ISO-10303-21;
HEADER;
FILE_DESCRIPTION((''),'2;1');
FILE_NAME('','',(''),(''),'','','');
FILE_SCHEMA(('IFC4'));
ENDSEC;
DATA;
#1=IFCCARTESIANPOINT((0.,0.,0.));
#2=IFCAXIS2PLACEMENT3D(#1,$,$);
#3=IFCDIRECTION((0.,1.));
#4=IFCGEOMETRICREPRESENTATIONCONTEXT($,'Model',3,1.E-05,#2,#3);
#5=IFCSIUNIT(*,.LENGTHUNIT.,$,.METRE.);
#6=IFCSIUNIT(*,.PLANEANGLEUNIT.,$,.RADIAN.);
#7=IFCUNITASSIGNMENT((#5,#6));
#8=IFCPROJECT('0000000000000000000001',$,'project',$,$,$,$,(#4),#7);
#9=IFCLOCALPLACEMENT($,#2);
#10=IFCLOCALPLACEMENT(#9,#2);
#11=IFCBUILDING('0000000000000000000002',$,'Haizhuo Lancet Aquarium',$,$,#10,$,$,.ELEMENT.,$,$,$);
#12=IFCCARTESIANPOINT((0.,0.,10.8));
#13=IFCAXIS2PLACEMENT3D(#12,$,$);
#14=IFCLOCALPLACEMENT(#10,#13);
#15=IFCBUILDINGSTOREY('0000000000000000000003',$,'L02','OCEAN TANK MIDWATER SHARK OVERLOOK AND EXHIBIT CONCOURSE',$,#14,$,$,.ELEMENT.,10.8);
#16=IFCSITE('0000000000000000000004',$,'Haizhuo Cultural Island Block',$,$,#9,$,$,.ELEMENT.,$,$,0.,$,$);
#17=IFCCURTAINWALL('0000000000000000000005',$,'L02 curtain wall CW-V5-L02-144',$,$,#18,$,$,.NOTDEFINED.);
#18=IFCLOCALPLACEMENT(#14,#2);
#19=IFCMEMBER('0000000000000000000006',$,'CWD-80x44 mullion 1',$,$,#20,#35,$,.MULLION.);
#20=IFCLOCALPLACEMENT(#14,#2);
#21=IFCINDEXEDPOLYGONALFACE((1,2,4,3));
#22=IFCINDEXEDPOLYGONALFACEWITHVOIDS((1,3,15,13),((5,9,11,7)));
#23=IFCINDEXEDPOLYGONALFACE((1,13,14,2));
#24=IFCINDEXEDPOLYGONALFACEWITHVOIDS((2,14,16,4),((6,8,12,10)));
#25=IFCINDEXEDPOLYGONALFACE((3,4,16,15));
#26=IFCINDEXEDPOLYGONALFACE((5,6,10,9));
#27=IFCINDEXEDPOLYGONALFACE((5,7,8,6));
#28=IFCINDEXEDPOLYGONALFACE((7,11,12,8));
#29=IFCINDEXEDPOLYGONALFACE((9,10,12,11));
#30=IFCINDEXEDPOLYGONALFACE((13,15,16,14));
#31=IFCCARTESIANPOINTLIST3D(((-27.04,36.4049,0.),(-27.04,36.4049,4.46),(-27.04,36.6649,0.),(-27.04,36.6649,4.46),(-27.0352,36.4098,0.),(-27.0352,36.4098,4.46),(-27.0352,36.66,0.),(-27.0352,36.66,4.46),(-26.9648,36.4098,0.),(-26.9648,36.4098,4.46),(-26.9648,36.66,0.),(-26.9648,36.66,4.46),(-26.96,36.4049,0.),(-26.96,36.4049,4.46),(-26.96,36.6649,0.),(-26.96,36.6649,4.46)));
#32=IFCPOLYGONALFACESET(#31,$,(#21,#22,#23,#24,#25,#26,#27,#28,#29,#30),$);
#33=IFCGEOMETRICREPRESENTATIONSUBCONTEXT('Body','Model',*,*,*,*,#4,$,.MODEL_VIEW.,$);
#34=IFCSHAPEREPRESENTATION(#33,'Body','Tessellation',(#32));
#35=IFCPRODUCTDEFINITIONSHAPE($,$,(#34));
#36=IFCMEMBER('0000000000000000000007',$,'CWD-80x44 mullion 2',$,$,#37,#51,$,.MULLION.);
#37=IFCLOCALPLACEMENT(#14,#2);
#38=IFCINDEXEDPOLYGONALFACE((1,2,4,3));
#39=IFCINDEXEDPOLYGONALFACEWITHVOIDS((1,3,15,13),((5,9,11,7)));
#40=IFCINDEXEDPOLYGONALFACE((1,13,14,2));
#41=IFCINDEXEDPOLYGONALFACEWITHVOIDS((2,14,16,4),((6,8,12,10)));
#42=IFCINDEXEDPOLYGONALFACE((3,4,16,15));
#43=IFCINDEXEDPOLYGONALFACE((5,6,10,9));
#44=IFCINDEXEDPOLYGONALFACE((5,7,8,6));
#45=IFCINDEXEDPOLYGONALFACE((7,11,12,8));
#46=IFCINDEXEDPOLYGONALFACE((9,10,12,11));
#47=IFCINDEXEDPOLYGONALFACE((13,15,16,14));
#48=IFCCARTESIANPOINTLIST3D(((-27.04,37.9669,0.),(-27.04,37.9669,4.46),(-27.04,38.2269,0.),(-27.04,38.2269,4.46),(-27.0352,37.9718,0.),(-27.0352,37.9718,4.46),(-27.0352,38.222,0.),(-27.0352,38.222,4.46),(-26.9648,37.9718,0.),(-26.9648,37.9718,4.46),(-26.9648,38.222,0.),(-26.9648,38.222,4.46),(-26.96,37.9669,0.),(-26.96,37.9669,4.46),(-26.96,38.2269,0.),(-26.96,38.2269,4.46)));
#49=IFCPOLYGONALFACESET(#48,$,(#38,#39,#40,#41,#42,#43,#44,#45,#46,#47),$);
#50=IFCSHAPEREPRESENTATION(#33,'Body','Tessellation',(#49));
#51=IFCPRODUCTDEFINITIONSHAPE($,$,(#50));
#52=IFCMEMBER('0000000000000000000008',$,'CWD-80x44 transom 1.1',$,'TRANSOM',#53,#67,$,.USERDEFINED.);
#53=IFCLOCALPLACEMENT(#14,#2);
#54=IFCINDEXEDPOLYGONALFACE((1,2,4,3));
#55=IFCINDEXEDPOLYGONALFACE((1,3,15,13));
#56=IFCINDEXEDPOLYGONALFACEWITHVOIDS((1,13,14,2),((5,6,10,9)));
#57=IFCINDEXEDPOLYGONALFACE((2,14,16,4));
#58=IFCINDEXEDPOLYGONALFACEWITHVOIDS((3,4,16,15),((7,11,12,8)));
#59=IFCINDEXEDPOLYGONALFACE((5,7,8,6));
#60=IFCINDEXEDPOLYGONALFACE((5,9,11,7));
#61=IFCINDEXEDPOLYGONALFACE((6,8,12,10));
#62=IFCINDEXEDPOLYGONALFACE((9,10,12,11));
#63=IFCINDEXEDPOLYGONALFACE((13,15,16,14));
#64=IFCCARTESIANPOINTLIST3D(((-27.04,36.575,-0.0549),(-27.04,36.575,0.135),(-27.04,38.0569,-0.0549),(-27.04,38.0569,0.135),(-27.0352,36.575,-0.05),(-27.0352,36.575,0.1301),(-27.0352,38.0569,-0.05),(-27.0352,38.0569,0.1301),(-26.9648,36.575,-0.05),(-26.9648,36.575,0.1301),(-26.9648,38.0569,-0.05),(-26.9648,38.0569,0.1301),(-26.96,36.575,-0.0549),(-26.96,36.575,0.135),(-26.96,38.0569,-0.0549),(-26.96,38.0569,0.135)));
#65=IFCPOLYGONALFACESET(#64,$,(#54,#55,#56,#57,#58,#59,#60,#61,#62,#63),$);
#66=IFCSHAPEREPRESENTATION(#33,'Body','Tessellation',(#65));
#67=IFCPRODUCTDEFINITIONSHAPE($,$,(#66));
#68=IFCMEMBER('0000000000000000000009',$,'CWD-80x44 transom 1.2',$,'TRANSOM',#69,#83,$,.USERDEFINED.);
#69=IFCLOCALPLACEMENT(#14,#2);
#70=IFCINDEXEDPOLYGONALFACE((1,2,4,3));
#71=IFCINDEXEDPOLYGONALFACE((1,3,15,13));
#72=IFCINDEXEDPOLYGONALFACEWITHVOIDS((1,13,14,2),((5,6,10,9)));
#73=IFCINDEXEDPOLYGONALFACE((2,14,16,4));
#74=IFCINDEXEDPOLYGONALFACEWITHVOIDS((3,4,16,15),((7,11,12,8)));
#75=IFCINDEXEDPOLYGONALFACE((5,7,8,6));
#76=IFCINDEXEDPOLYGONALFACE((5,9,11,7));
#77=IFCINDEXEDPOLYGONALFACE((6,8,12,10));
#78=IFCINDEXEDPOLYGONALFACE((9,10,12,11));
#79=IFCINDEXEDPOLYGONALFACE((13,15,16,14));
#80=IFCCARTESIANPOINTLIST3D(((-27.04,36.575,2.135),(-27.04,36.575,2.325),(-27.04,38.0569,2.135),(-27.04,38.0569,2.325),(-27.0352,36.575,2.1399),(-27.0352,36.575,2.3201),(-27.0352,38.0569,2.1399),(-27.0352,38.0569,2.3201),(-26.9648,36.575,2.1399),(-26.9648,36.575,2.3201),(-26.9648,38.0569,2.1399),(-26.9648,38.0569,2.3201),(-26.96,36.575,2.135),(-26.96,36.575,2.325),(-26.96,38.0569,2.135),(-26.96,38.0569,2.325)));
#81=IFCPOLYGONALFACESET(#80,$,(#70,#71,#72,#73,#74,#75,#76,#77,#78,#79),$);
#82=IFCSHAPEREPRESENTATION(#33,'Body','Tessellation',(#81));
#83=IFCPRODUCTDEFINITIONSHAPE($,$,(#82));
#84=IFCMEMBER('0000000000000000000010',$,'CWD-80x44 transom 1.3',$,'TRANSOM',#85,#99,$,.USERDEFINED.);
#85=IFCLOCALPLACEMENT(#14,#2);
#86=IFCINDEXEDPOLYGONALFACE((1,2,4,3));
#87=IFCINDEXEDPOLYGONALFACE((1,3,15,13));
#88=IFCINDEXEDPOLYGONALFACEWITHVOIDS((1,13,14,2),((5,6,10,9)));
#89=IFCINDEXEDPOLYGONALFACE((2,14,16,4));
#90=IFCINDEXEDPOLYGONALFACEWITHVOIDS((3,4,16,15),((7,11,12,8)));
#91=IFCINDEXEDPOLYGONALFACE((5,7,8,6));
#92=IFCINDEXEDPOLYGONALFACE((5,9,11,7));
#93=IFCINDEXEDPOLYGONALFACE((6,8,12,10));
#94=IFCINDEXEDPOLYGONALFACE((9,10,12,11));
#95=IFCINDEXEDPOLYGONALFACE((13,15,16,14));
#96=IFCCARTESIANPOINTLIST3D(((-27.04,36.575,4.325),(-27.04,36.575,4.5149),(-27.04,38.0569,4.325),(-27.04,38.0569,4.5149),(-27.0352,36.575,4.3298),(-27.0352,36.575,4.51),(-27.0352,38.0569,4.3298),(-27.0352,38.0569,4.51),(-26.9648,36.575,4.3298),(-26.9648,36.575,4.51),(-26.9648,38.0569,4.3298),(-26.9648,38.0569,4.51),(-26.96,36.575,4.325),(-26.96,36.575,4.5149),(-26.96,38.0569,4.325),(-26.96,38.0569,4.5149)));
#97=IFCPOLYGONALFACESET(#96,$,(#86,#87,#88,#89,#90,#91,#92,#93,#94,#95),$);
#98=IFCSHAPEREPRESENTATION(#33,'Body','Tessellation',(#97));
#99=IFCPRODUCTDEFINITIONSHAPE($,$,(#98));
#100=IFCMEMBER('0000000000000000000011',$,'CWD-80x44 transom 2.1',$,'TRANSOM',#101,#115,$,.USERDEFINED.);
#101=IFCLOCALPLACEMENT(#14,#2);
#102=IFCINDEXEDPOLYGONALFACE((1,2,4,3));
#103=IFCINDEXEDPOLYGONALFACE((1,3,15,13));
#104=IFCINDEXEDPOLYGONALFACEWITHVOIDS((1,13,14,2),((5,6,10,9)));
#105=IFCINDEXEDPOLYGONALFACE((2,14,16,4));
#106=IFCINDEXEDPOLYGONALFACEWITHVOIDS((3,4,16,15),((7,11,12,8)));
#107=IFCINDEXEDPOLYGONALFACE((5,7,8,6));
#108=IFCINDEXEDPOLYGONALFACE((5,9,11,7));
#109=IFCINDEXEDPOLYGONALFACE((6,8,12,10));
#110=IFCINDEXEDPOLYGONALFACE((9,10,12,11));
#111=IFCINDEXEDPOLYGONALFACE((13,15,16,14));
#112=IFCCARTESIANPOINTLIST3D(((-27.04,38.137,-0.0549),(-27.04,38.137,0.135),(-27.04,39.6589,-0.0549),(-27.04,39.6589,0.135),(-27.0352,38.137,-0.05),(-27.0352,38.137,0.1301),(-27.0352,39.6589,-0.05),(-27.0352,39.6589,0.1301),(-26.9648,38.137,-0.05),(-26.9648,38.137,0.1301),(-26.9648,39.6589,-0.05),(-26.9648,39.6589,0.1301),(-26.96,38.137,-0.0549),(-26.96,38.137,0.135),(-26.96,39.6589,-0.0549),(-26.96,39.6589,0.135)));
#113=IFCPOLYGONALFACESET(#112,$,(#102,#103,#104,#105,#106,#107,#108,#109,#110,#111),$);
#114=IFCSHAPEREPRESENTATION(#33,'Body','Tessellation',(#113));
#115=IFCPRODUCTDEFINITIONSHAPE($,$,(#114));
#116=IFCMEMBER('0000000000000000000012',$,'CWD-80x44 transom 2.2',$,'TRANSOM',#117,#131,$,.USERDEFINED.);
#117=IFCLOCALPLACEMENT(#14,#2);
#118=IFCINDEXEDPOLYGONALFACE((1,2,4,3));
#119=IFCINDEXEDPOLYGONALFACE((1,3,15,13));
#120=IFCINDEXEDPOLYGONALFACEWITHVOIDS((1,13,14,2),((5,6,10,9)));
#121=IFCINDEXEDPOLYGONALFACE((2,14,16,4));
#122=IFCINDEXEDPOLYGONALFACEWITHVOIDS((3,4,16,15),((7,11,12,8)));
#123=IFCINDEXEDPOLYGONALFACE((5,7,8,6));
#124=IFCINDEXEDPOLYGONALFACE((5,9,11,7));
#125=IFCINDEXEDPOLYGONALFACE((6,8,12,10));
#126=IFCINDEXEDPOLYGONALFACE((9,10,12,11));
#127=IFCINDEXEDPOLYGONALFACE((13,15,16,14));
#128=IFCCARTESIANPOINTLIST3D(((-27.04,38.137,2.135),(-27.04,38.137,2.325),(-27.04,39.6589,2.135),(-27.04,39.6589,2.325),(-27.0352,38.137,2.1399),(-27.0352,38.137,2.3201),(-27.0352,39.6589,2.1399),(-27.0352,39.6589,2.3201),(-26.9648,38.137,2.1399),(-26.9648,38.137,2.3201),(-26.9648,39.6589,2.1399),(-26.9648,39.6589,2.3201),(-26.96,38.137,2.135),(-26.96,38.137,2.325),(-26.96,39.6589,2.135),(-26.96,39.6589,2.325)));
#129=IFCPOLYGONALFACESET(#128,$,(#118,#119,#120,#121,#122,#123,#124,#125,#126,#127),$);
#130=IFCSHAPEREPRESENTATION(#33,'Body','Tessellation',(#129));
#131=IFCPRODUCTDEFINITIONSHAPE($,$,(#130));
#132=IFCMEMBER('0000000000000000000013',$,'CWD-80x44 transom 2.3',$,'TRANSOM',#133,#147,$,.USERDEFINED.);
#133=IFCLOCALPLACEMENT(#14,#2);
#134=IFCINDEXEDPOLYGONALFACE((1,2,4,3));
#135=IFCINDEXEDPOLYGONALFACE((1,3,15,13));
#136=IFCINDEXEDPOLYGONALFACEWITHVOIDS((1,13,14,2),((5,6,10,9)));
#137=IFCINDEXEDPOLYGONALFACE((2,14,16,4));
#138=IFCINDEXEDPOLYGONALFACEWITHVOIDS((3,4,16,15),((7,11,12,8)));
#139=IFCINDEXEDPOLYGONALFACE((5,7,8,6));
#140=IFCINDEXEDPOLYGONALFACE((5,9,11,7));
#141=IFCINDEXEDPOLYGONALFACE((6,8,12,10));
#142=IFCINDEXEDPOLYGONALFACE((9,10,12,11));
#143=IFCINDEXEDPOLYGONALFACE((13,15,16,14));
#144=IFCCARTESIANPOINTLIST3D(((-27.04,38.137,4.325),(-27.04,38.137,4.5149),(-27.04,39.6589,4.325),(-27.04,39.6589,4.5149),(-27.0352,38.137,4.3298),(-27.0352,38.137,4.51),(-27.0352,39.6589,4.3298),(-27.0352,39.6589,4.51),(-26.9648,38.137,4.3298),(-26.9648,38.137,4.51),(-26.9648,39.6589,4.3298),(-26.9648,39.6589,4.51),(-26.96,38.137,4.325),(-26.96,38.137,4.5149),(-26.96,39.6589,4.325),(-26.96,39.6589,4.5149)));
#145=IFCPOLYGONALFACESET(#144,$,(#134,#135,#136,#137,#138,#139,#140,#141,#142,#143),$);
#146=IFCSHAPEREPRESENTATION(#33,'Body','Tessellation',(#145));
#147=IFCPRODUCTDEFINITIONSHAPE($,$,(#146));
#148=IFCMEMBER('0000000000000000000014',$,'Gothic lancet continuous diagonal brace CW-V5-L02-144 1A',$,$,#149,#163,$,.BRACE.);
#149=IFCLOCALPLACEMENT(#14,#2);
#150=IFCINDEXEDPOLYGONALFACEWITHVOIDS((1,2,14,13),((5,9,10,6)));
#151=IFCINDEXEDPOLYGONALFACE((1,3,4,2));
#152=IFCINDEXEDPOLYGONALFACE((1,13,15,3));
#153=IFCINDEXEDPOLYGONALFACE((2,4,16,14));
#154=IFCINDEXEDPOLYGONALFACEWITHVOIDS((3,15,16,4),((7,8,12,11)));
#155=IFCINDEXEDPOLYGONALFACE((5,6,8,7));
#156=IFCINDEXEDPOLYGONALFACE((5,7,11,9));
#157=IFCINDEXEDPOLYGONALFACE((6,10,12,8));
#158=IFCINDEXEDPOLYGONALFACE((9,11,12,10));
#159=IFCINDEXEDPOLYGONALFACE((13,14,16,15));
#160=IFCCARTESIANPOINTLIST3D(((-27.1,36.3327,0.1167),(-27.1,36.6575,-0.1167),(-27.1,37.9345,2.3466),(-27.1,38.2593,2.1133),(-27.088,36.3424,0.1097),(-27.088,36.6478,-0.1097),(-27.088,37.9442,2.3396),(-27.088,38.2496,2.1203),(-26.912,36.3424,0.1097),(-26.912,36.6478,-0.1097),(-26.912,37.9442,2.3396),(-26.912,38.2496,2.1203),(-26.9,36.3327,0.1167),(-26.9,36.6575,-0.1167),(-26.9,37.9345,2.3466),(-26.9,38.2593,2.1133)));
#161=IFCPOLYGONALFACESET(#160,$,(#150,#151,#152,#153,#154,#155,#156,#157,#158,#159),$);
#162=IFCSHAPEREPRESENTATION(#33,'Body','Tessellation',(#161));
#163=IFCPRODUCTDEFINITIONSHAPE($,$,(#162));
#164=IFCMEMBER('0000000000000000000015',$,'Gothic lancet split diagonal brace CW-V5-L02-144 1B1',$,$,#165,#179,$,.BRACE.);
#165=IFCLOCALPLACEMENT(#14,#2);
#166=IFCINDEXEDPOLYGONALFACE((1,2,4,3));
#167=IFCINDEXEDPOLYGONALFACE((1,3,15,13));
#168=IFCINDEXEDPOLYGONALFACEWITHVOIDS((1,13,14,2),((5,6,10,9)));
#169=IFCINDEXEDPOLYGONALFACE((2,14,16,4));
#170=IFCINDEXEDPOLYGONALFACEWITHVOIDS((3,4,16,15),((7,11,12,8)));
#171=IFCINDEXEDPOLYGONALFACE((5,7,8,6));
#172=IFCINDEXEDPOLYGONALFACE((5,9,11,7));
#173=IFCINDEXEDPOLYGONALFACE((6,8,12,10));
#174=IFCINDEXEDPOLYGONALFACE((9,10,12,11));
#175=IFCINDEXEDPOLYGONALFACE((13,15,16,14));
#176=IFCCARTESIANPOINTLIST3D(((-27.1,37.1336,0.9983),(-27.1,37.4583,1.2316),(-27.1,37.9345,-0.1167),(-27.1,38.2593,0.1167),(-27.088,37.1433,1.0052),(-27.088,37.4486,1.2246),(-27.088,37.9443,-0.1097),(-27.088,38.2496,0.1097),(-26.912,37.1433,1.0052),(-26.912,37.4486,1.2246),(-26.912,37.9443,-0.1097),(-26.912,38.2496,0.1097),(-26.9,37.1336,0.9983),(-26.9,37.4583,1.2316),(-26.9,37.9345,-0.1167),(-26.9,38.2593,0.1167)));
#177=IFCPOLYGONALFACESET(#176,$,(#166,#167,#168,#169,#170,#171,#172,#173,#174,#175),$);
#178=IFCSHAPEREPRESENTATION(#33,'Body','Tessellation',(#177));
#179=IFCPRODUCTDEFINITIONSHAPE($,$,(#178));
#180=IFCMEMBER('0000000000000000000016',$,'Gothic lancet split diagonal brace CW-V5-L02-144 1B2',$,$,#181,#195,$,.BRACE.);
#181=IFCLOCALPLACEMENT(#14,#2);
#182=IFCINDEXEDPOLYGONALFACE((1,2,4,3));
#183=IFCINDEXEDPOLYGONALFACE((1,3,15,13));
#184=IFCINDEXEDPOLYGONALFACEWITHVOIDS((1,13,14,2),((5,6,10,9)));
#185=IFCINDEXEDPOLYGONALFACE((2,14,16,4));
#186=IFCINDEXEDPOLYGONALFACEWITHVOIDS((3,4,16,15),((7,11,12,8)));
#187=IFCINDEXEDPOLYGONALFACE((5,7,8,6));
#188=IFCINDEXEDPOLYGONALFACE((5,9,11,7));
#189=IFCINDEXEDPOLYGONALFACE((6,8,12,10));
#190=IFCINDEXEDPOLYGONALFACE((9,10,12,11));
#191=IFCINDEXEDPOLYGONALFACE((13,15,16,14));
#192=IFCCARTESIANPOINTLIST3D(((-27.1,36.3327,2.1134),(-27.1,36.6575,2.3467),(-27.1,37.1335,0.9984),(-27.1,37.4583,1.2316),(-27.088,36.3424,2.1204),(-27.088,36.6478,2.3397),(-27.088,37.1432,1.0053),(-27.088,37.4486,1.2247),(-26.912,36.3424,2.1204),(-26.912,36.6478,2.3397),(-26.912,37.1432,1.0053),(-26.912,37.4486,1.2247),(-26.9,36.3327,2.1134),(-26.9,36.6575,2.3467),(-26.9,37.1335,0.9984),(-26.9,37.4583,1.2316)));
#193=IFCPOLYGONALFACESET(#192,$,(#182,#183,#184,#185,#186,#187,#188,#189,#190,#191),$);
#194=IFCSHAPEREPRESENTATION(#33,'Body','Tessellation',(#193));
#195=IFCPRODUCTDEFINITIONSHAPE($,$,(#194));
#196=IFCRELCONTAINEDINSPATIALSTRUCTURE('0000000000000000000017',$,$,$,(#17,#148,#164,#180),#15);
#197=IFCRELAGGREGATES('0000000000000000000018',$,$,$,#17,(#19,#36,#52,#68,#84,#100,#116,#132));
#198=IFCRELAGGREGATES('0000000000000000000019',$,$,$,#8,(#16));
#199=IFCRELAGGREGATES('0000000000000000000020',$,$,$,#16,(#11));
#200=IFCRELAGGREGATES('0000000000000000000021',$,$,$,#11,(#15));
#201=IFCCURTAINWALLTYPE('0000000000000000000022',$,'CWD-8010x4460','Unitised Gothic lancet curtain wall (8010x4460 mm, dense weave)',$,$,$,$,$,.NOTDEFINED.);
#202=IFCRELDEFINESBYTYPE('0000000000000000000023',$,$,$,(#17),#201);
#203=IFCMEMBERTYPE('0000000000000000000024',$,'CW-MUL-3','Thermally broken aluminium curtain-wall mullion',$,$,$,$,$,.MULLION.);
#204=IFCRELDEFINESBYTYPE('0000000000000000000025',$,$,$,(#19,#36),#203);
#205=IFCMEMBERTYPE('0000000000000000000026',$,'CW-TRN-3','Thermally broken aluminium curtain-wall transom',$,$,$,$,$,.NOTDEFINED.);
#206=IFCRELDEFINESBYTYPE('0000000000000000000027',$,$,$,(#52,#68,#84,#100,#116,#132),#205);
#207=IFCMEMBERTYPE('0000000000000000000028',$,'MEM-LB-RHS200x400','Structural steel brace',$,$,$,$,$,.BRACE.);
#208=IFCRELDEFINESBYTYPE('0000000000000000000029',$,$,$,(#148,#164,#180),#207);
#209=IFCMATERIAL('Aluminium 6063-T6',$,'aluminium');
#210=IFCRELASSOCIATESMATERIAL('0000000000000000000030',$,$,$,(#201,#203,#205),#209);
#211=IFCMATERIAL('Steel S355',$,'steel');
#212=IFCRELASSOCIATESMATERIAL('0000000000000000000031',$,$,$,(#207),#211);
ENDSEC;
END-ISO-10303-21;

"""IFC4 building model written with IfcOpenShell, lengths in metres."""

from ifc_helpers import new_model, si_unit, direction, frame, origin, origin_2d, place, context, subcontext, project, spatial, hollow_rectangle, extrude, material, material_profile, profile_set, type_object, element, aggregate, save


model = new_model("IFC4")

# Units and contexts
model_context = context("Model", 3, precision=1e-05, world=origin(), true_north=direction((0.0, 1.0)))
body_context = subcontext(model_context, "Body", "Model", "MODEL_VIEW")
ifc_project = project(units=[si_unit("LENGTHUNIT", "METRE"), si_unit("PLANEANGLEUNIT", "RADIAN")], contexts=[model_context])

# Site, building, storey
site_placement = place(None, origin())
site = spatial("IfcSite", under=ifc_project, at=site_placement, Name="Haizhuo Cultural Island Block", CompositionType="ELEMENT", RefElevation=0.0)
building_placement = place(site_placement, origin())
building = spatial("IfcBuilding", under=site, at=building_placement, Name="Haizhuo Lancet Aquarium", CompositionType="ELEMENT")
storey_placement = place(building_placement, frame((0.0, 0.0, 10.8)))
storey = spatial("IfcBuildingStorey", under=building, at=storey_placement, Name="L02", Description="OCEAN TANK MIDWATER SHARK OVERLOOK AND EXHIBIT CONCOURSE", CompositionType="ELEMENT", Elevation=10.8)

# Curtain wall, members
ifc_material_1 = material(Name="Aluminium 6063-T6", Category="aluminium")
curtain_wall_type = type_object("IfcCurtainWallType", Name="CWD-8010x4460", Description="Unitised Gothic lancet curtain wall (8010x4460 mm, dense weave)", PredefinedType="NOTDEFINED", material=ifc_material_1)
curtain_wall_placement = place(storey_placement, origin())
curtain_wall = element("IfcCurtainWall", 1, at=curtain_wall_placement, inside=storey, type_object=curtain_wall_type, Name="L02 curtain wall CW-V5-L02-144", PredefinedType="NOTDEFINED")
ifc_material_profile_1 = material_profile(ifc_material_1, hollow_rectangle(XDim=0.0801, YDim=0.26, WallThickness=0.0049, at=origin_2d()), Name="ALU-M 80x260x5")
ifc_profile_set_1 = profile_set([ifc_material_profile_1], Name="Aluminium 6063-T6")
member_type_1 = type_object("IfcMemberType", Name="CW-MUL-3", Description="Thermally broken aluminium curtain-wall mullion", PredefinedType="MULLION", material=ifc_profile_set_1)
member_1_placement = place(storey_placement, frame((-27.0, 36.5349, 0.0), z_axis=(0.0, 0.0, 1.0), x_axis=(-1.0, 0.0, 0.0)))
member_1 = element("IfcMember", 2, at=member_1_placement, type_object=member_type_1, Name="CWD-80x44 mullion 1", PredefinedType="MULLION", context=body_context, shape_type="SweptSolid", body=[
    extrude(hollow_rectangle(XDim=0.0801, YDim=0.26, WallThickness=0.0049, at=origin_2d()), origin(), (0.0, 0.0, 1.0), 4.46),
])
member_2_placement = place(storey_placement, frame((-27.0, 38.0969, 0.0), z_axis=(0.0, 0.0, 1.0), x_axis=(-1.0, 0.0, 0.0)))
member_2 = element("IfcMember", 3, at=member_2_placement, type_object=member_type_1, Name="CWD-80x44 mullion 2", PredefinedType="MULLION", context=body_context, shape_type="SweptSolid", body=[
    extrude(hollow_rectangle(XDim=0.0801, YDim=0.26, WallThickness=0.0049, at=origin_2d()), origin(), (0.0, 0.0, 1.0), 4.46),
])
ifc_material_profile_2 = material_profile(ifc_material_1, hollow_rectangle(XDim=0.0801, YDim=0.1899, WallThickness=0.0049, at=origin_2d()), Name="ALU-T 80x190x5")
ifc_profile_set_2 = profile_set([ifc_material_profile_2], Name="Aluminium 6063-T6")
member_type_2 = type_object("IfcMemberType", Name="CW-TRN-3", Description="Thermally broken aluminium curtain-wall transom", PredefinedType="NOTDEFINED", material=ifc_profile_set_2)
member_3_placement = place(storey_placement, frame((-27.0, 36.575, 0.04), z_axis=(0.0, 1.0, 0.0), x_axis=(-1.0, 0.0, 0.0)))
member_3 = element("IfcMember", 4, at=member_3_placement, type_object=member_type_2, Name="CWD-80x44 transom 1.1", ObjectType="TRANSOM", PredefinedType="USERDEFINED", context=body_context, shape_type="SweptSolid", body=[
    extrude(hollow_rectangle(XDim=0.0801, YDim=0.1899, WallThickness=0.0049, at=origin_2d()), origin(), (0.0, 0.0, 1.0), 1.4819),
])
member_4_placement = place(storey_placement, frame((-27.0, 36.575, 2.23), z_axis=(0.0, 1.0, 0.0), x_axis=(-1.0, 0.0, 0.0)))
member_4 = element("IfcMember", 5, at=member_4_placement, type_object=member_type_2, Name="CWD-80x44 transom 1.2", ObjectType="TRANSOM", PredefinedType="USERDEFINED", context=body_context, shape_type="SweptSolid", body=[
    extrude(hollow_rectangle(XDim=0.0801, YDim=0.1899, WallThickness=0.0049, at=origin_2d()), origin(), (0.0, 0.0, 1.0), 1.4819),
])
member_5_placement = place(storey_placement, frame((-27.0, 36.575, 4.4199), z_axis=(0.0, 1.0, 0.0), x_axis=(-1.0, 0.0, 0.0)))
member_5 = element("IfcMember", 6, at=member_5_placement, type_object=member_type_2, Name="CWD-80x44 transom 1.3", ObjectType="TRANSOM", PredefinedType="USERDEFINED", context=body_context, shape_type="SweptSolid", body=[
    extrude(hollow_rectangle(XDim=0.0801, YDim=0.1899, WallThickness=0.0049, at=origin_2d()), origin(), (0.0, 0.0, 1.0), 1.4819),
])
member_6_placement = place(storey_placement, frame((-27.0, 38.137, 0.04), z_axis=(0.0, 1.0, 0.0), x_axis=(-1.0, 0.0, 0.0)))
member_6 = element("IfcMember", 7, at=member_6_placement, type_object=member_type_2, Name="CWD-80x44 transom 2.1", ObjectType="TRANSOM", PredefinedType="USERDEFINED", context=body_context, shape_type="SweptSolid", body=[
    extrude(hollow_rectangle(XDim=0.0801, YDim=0.1899, WallThickness=0.0049, at=origin_2d()), origin(), (0.0, 0.0, 1.0), 1.522),
])
member_7_placement = place(storey_placement, frame((-27.0, 38.137, 2.23), z_axis=(0.0, 1.0, 0.0), x_axis=(-1.0, 0.0, 0.0)))
member_7 = element("IfcMember", 8, at=member_7_placement, type_object=member_type_2, Name="CWD-80x44 transom 2.2", ObjectType="TRANSOM", PredefinedType="USERDEFINED", context=body_context, shape_type="SweptSolid", body=[
    extrude(hollow_rectangle(XDim=0.0801, YDim=0.1899, WallThickness=0.0049, at=origin_2d()), origin(), (0.0, 0.0, 1.0), 1.522),
])
member_8_placement = place(storey_placement, frame((-27.0, 38.137, 4.4199), z_axis=(0.0, 1.0, 0.0), x_axis=(-1.0, 0.0, 0.0)))
member_8 = element("IfcMember", 9, at=member_8_placement, type_object=member_type_2, Name="CWD-80x44 transom 2.3", ObjectType="TRANSOM", PredefinedType="USERDEFINED", context=body_context, shape_type="SweptSolid", body=[
    extrude(hollow_rectangle(XDim=0.0801, YDim=0.1899, WallThickness=0.0049, at=origin_2d()), origin(), (0.0, 0.0, 1.0), 1.522),
])

# Members
ifc_material_2 = material(Name="Steel S355", Category="steel")
ifc_material_profile_3 = material_profile(ifc_material_2, hollow_rectangle(XDim=0.2, YDim=0.3999, WallThickness=0.012, at=origin_2d()), Name="RHS 200x400x12")
ifc_profile_set_3 = profile_set([ifc_material_profile_3], Name="Steel S355")
member_type_3 = type_object("IfcMemberType", Name="MEM-LB-RHS200x400", Description="Structural steel brace", PredefinedType="BRACE", material=ifc_profile_set_3)
member_9_placement = place(storey_placement, frame((-27.0, 36.4951, 0.0), z_axis=(0.0, 0.583398, 0.812187), x_axis=(-1.0, 0.0, 0.0)))
element("IfcMember", 10, at=member_9_placement, inside=storey, type_object=member_type_3, Name="Gothic lancet continuous diagonal brace CW-V5-L02-144 1A", PredefinedType="BRACE", context=body_context, shape_type="SweptSolid", body=[
    extrude(hollow_rectangle(XDim=0.2, YDim=0.3999, WallThickness=0.012, at=origin_2d()), origin(), (0.0, 0.0, 1.0), 2.7456),
])
for number, where, z_axis, x_axis, name in (
    (11, (-27.0, 38.0969, 0.0), (0.0, -0.583456, 0.812144), (1.0, 0.0, 0.0), "Gothic lancet split diagonal brace CW-V5-L02-144 1B1"),
    (12, (-27.0, 37.2959, 1.115), (0.0, -0.583339, 0.812229), (1.0, 0.0, 0.0), "Gothic lancet split diagonal brace CW-V5-L02-144 1B2"),
):
    element("IfcMember", number, at=place(storey_placement, frame(where, z_axis=z_axis, x_axis=x_axis)), inside=storey, type_object=member_type_3, Name=name, PredefinedType="BRACE", context=body_context, shape_type="SweptSolid", body=[
        extrude(hollow_rectangle(XDim=0.2, YDim=0.3999, WallThickness=0.012, at=origin_2d()), origin(), (0.0, 0.0, 1.0), 1.3728),
    ])

aggregate(curtain_wall, [member_1, member_2, member_3, member_4, member_5, member_6, member_7, member_8])

save(model, "model.ifc")
